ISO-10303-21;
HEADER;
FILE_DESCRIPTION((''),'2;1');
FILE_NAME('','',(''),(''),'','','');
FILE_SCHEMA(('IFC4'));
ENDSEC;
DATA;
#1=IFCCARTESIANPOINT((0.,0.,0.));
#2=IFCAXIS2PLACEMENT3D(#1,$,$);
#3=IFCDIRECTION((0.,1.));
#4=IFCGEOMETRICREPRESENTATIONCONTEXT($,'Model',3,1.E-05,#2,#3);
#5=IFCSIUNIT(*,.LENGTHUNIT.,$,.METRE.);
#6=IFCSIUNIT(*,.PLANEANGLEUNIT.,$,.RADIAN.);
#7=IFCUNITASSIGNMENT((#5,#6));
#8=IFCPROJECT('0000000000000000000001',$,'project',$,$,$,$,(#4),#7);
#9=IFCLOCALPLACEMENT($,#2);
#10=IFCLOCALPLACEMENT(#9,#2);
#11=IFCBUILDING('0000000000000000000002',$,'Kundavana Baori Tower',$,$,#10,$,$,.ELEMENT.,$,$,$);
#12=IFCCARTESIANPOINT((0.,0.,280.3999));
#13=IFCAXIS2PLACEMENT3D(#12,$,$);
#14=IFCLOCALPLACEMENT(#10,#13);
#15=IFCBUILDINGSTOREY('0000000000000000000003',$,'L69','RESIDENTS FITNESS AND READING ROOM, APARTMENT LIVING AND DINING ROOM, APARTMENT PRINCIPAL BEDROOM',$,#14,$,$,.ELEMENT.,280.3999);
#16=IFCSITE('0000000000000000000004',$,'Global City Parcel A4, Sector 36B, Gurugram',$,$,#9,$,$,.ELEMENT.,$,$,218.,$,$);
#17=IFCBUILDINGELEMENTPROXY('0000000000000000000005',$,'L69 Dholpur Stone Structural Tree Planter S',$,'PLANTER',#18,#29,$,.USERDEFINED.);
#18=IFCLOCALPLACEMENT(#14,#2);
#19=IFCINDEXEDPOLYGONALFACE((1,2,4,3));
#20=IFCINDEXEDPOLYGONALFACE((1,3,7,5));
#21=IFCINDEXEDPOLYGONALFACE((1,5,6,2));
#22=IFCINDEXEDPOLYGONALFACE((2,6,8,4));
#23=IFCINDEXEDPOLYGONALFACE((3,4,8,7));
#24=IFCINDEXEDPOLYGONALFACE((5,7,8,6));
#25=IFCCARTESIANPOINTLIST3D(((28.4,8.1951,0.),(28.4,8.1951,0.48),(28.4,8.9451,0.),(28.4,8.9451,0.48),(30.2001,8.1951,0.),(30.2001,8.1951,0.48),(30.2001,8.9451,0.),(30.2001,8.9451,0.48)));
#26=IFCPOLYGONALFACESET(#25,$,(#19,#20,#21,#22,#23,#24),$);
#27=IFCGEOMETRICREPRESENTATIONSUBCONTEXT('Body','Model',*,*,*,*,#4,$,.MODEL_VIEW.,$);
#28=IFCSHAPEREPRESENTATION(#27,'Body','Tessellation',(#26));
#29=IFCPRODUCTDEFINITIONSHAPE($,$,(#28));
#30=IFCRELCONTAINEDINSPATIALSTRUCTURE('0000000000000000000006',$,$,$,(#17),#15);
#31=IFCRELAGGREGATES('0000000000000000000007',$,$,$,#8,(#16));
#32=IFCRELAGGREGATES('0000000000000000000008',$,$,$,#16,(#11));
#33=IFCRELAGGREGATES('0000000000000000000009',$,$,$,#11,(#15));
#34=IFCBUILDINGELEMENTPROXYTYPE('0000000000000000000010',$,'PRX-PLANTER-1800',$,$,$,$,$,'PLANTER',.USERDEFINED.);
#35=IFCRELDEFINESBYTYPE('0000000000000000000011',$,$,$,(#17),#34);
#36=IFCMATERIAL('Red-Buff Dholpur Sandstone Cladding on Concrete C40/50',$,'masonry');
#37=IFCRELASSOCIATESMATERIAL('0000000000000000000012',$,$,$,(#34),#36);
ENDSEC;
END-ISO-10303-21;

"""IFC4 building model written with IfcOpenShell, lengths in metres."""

from ifc_helpers import new_model, si_unit, direction, frame, origin, origin_2d, place, context, subcontext, project, spatial, rectangle, extrude, material, type_object, element, save


model = new_model("IFC4")

# Units and contexts
model_context = context("Model", 3, precision=1e-05, world=origin(), true_north=direction((0.0, 1.0)))
body_context = subcontext(model_context, "Body", "Model", "MODEL_VIEW")
ifc_project = project(units=[si_unit("LENGTHUNIT", "METRE"), si_unit("PLANEANGLEUNIT", "RADIAN")], contexts=[model_context])

# Site, building, storey
site_placement = place(None, origin())
site = spatial("IfcSite", under=ifc_project, at=site_placement, Name="Global City Parcel A4, Sector 36B, Gurugram", CompositionType="ELEMENT", RefElevation=218.0)
building_placement = place(site_placement, origin())
building = spatial("IfcBuilding", under=site, at=building_placement, Name="Kundavana Baori Tower", CompositionType="ELEMENT")
storey_placement = place(building_placement, frame((0.0, 0.0, 280.3999)))
storey = spatial("IfcBuildingStorey", under=building, at=storey_placement, Name="L69", Description="RESIDENTS FITNESS AND READING ROOM, APARTMENT LIVING AND DINING ROOM, APARTMENT PRINCIPAL BEDROOM", CompositionType="ELEMENT", Elevation=280.3999)

# Building element proxy
ifc_material_1 = material(Name="Red-Buff Dholpur Sandstone Cladding on Concrete C40/50", Category="masonry")
building_element_proxy_type = type_object("IfcBuildingElementProxyType", Name="PRX-PLANTER-1800", ElementType="PLANTER", PredefinedType="USERDEFINED", material=ifc_material_1)
proxy_placement = place(storey_placement, frame((29.3, 8.5701, 0.0), z_axis=(0.0, 0.0, 1.0), x_axis=(1.0, 0.0, 0.0)))
element("IfcBuildingElementProxy", 1, at=proxy_placement, inside=storey, type_object=building_element_proxy_type, Name="L69 Dholpur Stone Structural Tree Planter S", ObjectType="PLANTER", PredefinedType="USERDEFINED", context=body_context, shape_type="SweptSolid", body=[
    extrude(rectangle(XDim=1.8, YDim=0.75, at=origin_2d()), origin(), (0.0, 0.0, 1.0), 0.48),
])

save(model, "model.ifc")
